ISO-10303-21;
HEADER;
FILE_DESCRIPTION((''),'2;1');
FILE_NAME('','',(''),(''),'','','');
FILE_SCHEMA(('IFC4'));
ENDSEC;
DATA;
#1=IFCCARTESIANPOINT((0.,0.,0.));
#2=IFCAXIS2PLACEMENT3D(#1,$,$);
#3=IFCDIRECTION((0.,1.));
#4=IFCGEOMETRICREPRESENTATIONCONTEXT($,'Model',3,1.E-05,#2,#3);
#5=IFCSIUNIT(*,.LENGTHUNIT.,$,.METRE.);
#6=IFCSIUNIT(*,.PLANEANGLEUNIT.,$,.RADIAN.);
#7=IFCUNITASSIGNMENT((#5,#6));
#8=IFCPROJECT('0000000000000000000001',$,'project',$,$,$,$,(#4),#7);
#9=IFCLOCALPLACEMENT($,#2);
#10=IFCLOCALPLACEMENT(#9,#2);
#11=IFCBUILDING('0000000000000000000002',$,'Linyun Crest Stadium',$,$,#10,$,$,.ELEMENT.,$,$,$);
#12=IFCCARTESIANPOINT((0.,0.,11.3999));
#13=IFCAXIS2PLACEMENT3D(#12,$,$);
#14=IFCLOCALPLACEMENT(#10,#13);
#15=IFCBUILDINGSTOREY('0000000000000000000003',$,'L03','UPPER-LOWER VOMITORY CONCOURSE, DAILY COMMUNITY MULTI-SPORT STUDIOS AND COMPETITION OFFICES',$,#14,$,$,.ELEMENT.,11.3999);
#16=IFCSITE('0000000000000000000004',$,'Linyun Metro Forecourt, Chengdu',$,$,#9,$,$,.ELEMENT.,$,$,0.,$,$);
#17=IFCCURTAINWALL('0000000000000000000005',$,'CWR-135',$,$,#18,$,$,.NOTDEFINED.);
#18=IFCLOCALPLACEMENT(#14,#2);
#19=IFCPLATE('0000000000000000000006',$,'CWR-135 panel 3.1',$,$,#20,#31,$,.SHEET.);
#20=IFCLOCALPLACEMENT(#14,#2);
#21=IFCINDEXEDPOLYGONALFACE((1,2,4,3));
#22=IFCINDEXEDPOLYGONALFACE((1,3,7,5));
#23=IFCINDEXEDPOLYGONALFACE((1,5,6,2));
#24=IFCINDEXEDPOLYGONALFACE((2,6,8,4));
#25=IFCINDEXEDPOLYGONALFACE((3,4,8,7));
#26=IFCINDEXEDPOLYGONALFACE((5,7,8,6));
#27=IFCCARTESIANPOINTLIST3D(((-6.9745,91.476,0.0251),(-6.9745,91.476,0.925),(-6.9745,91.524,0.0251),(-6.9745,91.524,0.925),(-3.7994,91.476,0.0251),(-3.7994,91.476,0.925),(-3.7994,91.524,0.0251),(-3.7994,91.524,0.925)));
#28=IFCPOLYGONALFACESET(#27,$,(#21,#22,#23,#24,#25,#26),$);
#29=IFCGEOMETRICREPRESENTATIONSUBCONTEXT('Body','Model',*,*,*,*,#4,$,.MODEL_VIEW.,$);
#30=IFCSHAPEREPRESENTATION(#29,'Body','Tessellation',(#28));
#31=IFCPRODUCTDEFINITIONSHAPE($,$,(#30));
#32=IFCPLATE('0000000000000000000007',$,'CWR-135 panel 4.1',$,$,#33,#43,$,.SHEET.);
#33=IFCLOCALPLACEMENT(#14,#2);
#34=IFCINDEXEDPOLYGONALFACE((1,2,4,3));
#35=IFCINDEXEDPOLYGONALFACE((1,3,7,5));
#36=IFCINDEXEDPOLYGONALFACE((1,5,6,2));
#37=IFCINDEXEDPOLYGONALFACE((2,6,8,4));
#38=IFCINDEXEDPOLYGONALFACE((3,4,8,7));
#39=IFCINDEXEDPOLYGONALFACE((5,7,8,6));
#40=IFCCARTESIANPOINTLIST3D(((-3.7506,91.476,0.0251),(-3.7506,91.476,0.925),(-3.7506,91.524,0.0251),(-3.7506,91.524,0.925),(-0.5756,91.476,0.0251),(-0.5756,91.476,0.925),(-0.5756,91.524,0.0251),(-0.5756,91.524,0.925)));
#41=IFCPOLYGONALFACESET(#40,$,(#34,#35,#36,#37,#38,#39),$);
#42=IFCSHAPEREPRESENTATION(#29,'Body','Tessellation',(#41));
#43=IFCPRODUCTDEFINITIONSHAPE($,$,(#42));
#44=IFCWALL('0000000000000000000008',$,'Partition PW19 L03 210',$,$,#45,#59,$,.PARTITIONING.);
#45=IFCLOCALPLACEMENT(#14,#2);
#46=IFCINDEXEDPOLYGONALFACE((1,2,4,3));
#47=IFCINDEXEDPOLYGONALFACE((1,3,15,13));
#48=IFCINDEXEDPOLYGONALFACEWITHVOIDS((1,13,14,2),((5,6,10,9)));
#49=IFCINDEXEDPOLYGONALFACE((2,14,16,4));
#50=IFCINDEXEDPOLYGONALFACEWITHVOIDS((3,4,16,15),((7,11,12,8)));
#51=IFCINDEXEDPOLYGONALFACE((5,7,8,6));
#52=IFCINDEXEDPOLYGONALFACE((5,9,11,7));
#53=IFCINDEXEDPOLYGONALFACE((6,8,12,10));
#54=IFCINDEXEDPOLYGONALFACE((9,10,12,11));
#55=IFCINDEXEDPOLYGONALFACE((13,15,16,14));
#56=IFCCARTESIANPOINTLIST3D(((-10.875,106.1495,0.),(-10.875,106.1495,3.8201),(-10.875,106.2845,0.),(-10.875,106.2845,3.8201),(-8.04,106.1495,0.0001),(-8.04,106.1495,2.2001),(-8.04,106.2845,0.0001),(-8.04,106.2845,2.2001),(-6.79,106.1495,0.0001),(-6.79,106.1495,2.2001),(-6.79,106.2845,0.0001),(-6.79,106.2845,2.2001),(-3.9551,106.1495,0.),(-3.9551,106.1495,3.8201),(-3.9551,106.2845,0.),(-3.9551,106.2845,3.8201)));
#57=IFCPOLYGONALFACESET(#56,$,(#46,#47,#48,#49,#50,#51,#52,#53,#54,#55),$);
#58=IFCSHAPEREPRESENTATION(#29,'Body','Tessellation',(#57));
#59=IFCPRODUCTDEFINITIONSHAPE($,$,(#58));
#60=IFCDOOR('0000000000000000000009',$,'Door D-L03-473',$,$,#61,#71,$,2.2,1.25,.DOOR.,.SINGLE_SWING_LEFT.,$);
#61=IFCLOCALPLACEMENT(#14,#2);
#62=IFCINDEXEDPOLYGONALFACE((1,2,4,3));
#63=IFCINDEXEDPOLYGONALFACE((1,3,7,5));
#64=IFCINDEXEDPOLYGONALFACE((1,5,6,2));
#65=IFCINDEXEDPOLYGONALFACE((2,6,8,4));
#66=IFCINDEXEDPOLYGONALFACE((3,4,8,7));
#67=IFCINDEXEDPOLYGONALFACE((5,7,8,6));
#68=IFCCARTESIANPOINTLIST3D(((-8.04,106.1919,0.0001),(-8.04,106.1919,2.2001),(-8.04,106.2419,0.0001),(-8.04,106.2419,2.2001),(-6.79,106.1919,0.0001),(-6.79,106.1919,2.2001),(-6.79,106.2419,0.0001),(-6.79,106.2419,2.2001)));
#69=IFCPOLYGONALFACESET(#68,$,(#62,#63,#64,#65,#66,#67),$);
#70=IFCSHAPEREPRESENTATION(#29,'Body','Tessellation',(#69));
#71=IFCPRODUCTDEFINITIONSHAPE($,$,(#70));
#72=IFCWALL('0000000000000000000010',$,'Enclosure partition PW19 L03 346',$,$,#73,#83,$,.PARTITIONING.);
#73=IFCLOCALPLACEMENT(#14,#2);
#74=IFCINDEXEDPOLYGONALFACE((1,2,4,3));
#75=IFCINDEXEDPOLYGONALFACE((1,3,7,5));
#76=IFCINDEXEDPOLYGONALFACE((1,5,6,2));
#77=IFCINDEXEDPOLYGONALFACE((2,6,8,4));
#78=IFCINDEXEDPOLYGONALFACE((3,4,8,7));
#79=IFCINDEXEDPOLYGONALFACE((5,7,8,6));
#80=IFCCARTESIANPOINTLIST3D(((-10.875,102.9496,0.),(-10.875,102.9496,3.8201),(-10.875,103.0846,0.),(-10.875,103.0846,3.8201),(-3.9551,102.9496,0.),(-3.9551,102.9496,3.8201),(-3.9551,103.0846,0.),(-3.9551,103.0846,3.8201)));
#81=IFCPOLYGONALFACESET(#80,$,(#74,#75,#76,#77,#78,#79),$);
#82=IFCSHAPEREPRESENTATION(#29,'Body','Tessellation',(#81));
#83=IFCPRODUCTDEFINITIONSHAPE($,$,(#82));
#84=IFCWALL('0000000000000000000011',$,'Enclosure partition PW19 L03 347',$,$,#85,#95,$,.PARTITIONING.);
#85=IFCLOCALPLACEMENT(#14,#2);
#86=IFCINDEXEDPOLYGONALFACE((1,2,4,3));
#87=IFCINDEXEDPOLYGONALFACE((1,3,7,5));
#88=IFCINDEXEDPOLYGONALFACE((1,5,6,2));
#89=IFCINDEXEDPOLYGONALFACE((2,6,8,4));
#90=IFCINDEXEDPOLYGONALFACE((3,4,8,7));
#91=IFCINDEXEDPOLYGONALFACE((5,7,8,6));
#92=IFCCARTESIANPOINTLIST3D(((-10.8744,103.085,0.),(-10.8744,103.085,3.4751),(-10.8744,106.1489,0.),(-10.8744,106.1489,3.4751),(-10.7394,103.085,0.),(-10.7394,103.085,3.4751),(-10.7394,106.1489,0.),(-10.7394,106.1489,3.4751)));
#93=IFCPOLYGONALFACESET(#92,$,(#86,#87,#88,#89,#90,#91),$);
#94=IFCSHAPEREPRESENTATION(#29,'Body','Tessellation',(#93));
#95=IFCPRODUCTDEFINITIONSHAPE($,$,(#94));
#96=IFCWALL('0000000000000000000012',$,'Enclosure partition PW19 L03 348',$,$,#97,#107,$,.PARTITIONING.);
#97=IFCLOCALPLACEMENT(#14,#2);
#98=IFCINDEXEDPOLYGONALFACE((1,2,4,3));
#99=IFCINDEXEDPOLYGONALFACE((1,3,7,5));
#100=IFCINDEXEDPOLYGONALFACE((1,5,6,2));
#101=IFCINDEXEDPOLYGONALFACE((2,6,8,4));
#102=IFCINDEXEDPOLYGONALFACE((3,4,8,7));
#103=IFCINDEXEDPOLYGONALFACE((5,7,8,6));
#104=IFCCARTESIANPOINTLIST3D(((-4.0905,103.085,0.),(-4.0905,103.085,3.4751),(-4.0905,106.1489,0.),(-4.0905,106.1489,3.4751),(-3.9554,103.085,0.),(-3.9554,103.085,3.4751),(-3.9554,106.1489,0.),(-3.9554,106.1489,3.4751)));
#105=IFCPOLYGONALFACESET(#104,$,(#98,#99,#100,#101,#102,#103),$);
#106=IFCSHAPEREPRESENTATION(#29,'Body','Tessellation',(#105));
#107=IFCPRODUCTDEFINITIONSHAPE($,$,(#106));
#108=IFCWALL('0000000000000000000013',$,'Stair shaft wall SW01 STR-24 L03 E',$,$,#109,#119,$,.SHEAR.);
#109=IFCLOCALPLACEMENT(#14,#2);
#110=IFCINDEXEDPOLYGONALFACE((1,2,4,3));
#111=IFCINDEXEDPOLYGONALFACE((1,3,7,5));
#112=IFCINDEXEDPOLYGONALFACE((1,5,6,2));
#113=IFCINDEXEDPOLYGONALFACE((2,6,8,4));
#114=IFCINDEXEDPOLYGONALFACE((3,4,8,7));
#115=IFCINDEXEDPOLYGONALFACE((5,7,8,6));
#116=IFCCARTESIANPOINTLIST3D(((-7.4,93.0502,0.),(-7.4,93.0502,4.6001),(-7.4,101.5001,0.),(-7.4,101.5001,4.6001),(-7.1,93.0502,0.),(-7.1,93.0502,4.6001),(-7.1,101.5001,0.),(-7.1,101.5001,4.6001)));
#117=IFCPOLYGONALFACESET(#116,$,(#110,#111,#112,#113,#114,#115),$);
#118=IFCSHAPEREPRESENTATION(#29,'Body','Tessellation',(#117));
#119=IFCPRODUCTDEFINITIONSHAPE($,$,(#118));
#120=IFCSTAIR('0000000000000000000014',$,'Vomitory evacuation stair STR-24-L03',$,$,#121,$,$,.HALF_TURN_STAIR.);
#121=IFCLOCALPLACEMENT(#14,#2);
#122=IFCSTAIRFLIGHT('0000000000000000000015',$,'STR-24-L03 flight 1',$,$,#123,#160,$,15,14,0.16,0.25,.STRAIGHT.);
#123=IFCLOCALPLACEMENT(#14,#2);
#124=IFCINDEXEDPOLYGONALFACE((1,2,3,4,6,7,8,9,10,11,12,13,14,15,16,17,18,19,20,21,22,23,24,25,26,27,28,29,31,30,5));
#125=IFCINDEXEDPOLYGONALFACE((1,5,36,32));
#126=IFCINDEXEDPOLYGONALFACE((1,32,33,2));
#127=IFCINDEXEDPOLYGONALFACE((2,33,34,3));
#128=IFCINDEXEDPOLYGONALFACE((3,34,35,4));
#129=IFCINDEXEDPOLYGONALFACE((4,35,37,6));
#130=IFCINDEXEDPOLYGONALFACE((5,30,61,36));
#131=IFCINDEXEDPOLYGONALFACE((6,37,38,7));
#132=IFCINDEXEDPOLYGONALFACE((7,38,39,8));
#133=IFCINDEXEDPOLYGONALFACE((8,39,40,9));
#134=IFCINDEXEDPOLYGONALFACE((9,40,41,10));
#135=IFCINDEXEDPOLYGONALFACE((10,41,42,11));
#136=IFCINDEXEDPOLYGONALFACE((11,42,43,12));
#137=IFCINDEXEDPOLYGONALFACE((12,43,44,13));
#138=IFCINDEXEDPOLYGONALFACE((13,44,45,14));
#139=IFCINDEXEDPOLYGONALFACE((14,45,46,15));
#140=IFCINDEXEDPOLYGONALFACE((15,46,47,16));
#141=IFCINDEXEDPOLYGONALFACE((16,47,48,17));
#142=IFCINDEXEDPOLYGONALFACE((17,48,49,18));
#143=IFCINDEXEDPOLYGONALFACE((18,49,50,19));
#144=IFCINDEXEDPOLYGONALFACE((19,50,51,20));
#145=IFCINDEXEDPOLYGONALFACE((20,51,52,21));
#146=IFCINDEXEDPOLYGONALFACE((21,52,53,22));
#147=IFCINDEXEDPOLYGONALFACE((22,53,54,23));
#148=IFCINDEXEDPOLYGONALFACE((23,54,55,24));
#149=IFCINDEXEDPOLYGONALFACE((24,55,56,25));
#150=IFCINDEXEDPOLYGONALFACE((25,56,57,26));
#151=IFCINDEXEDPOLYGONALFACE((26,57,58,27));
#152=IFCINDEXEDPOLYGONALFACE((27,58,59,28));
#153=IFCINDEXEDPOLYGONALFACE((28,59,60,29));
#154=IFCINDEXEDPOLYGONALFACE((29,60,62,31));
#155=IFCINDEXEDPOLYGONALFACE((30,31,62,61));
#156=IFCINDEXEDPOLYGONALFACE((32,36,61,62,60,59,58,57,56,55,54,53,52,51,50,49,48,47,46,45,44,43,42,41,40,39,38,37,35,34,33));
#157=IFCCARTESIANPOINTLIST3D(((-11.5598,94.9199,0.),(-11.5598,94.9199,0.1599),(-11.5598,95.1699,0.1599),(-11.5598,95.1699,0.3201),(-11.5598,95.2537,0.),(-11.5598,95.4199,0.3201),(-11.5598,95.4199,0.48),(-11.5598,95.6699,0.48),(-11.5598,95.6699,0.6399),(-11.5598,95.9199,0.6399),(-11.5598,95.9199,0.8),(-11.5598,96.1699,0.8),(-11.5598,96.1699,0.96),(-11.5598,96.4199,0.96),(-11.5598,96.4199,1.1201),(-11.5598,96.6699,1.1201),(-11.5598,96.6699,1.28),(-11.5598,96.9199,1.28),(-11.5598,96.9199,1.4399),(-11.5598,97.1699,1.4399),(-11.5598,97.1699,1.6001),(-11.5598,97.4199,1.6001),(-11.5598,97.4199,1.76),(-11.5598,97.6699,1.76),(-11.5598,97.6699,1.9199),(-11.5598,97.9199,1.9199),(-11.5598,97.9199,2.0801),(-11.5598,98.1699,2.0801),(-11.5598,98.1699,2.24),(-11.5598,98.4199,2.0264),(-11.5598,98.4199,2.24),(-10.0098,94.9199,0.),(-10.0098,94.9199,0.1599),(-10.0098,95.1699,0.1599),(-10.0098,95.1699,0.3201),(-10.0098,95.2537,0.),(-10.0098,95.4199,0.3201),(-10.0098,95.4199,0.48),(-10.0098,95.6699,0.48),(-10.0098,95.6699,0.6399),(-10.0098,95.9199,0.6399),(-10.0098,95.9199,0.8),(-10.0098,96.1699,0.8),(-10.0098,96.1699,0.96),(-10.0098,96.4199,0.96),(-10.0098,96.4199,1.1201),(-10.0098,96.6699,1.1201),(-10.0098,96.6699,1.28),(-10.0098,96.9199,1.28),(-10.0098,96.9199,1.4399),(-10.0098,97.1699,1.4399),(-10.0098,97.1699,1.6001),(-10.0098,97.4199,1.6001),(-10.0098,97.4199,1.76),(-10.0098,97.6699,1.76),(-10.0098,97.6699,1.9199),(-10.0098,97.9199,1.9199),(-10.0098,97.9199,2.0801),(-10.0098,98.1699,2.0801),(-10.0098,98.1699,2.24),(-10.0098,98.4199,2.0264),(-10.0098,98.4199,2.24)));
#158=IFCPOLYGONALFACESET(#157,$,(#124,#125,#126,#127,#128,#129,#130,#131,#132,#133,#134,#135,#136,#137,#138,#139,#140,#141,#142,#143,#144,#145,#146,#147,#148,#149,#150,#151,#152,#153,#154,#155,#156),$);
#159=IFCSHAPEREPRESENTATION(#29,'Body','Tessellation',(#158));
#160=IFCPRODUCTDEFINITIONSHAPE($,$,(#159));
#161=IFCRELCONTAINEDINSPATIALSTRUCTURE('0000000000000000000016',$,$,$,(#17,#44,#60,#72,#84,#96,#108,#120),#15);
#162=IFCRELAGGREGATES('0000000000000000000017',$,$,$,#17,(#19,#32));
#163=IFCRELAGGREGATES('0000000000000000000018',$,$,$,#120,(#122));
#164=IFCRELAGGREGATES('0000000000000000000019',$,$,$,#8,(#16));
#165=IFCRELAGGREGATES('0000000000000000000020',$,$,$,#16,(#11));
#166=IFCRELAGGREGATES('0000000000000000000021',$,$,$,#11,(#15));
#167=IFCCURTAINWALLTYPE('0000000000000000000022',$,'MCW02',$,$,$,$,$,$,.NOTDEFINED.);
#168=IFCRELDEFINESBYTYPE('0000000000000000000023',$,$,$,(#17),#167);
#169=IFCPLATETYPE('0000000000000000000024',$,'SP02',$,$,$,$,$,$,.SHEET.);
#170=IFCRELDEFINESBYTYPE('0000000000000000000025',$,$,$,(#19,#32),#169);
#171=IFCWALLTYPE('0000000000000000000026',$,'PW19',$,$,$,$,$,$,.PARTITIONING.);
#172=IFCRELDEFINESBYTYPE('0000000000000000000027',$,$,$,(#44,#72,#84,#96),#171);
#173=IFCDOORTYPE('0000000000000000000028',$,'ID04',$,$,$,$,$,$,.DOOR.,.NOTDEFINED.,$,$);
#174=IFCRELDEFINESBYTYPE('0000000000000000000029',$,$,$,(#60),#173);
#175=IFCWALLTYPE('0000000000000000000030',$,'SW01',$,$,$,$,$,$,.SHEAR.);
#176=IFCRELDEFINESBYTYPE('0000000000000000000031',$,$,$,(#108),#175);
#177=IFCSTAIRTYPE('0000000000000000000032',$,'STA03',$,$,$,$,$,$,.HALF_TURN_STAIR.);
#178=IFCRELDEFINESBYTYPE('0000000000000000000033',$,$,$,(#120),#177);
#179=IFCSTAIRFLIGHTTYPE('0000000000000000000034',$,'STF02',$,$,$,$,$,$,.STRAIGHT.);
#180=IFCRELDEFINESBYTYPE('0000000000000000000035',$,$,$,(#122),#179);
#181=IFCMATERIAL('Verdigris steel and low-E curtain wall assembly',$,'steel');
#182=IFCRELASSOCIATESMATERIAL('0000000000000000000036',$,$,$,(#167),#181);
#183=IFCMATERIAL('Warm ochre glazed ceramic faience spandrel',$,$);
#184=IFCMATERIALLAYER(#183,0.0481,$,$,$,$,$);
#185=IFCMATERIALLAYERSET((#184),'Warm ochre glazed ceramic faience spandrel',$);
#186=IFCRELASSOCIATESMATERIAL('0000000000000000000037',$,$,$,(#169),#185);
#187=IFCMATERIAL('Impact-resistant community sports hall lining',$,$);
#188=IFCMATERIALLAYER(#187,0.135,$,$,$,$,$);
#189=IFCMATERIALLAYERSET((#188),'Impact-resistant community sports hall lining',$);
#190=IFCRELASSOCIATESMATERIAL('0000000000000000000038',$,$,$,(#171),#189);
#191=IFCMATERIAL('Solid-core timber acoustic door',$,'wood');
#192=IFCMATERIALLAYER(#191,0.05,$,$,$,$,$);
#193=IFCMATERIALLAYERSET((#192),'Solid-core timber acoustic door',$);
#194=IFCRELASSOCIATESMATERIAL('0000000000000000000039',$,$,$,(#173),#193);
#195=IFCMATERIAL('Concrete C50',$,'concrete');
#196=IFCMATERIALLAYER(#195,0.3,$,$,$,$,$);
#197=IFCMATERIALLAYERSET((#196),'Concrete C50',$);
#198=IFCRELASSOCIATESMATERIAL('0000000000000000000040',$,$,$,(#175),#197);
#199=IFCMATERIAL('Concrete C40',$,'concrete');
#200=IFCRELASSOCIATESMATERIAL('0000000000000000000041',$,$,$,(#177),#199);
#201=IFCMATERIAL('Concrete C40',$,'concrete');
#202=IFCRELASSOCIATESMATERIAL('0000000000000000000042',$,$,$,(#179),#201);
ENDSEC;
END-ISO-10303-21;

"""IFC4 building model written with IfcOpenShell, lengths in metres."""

from ifc_helpers import new_model, si_unit, direction, frame, frame_2d, origin, origin_2d, place, context, subcontext, project, spatial, polyline, rectangle, outline, extrude, material, layer, layer_set, type_object, element, fill, aggregate, save


model = new_model("IFC4")

# Units and contexts
model_context = context("Model", 3, precision=1e-05, world=origin(), true_north=direction((0.0, 1.0)))
body_context = subcontext(model_context, "Body", "Model", "MODEL_VIEW")
ifc_project = project(units=[si_unit("LENGTHUNIT", "METRE"), si_unit("PLANEANGLEUNIT", "RADIAN")], contexts=[model_context])

# Site, building, storey
site_placement = place(None, origin())
site = spatial("IfcSite", under=ifc_project, at=site_placement, Name="Linyun Metro Forecourt, Chengdu", CompositionType="ELEMENT", RefElevation=0.0)
building_placement = place(site_placement, origin())
building = spatial("IfcBuilding", under=site, at=building_placement, Name="Linyun Crest Stadium", CompositionType="ELEMENT")
storey_placement = place(building_placement, frame((0.0, 0.0, 11.3999)))
storey = spatial("IfcBuildingStorey", under=building, at=storey_placement, Name="L03", Description="UPPER-LOWER VOMITORY CONCOURSE, DAILY COMMUNITY MULTI-SPORT STUDIOS AND COMPETITION OFFICES", CompositionType="ELEMENT", Elevation=11.3999)

# Curtain wall, plates
ifc_material_1 = material(Name="Verdigris steel and low-E curtain wall assembly", Category="steel")
curtain_wall_type = type_object("IfcCurtainWallType", Name="MCW02", PredefinedType="NOTDEFINED", material=ifc_material_1)
curtain_wall_placement = place(storey_placement, origin())
curtain_wall = element("IfcCurtainWall", 1, at=curtain_wall_placement, inside=storey, type_object=curtain_wall_type, Name="CWR-135", PredefinedType="NOTDEFINED")
ifc_material_2 = material(Name="Warm ochre glazed ceramic faience spandrel")
ifc_layer_1 = layer(ifc_material_2, 0.0481)
ifc_layer_set_1 = layer_set([ifc_layer_1], Name="Warm ochre glazed ceramic faience spandrel")
plate_type_1 = type_object("IfcPlateType", Name="SP02", PredefinedType="SHEET", material=ifc_layer_set_1)
plate_1_placement = place(storey_placement, frame((-5.387, 91.5, 0.0251), z_axis=(0.0, 0.0, 1.0), x_axis=(1.0, 0.0, 0.0)))
plate_1 = element("IfcPlate", 2, at=plate_1_placement, type_object=plate_type_1, Name="CWR-135 panel 3.1", PredefinedType="SHEET", context=body_context, shape_type="SweptSolid", body=[
    extrude(rectangle(XDim=3.175, YDim=0.0481, at=origin_2d()), origin(), (0.0, 0.0, 1.0), 0.8999),
])
plate_2_placement = place(storey_placement, frame((-2.1631, 91.5, 0.0251), z_axis=(0.0, 0.0, 1.0), x_axis=(1.0, 0.0, 0.0)))
plate_2 = element("IfcPlate", 3, at=plate_2_placement, type_object=plate_type_1, Name="CWR-135 panel 4.1", PredefinedType="SHEET", context=body_context, shape_type="SweptSolid", body=[
    extrude(rectangle(XDim=3.175, YDim=0.0481, at=origin_2d()), origin(), (0.0, 0.0, 1.0), 0.8999),
])
aggregate(curtain_wall, [plate_1, plate_2])

# Wall, opening, door
ifc_material_3 = material(Name="Impact-resistant community sports hall lining")
ifc_layer_2 = layer(ifc_material_3, 0.135)
ifc_layer_set_2 = layer_set([ifc_layer_2], Name="Impact-resistant community sports hall lining")
wall_type_1 = type_object("IfcWallType", Name="PW19", PredefinedType="PARTITIONING", material=ifc_layer_set_2)
wall_1_placement = place(storey_placement, frame((-10.875, 106.217, 0.0), z_axis=(0.0, 0.0, 1.0), x_axis=(1.0, 0.0, 0.0)))
wall_1 = element("IfcWall", 4, at=wall_1_placement, inside=storey, type_object=wall_type_1, Name="Partition PW19 L03 210", PredefinedType="PARTITIONING", context=body_context, shape_type="SweptSolid", body=[
    extrude(rectangle(XDim=6.9199, YDim=0.135, at=frame_2d((3.46, 0.0))), origin(), (0.0, 0.0, 1.0), 3.8201),
])
opening_placement = place(wall_1_placement, frame((2.835, 0.0, 0.0)))
opening = element("IfcOpeningElement", 5, at=opening_placement, cuts=wall_1, PredefinedType="OPENING", context=body_context, shape_type="SweptSolid", body=[
    extrude(rectangle(XDim=1.25, YDim=2.2, at=frame_2d((0.625, 1.1001))), frame((0.0, 0.0774, 0.0), z_axis=(0.0, -1.0, 0.0), x_axis=(1.0, 0.0, 0.0)), (0.0, 0.0, 1.0), 0.155),
])
ifc_material_4 = material(Name="Solid-core timber acoustic door", Category="wood")
ifc_layer_3 = layer(ifc_material_4, 0.05)
ifc_layer_set_3 = layer_set([ifc_layer_3], Name="Solid-core timber acoustic door")
door_type = type_object("IfcDoorType", Name="ID04", OperationType="NOTDEFINED", PredefinedType="DOOR", material=ifc_layer_set_3)
door_placement = place(opening_placement, origin())
door = element("IfcDoor", 6, at=door_placement, inside=storey, type_object=door_type, Name="Door D-L03-473", OperationType="SINGLE_SWING_LEFT", OverallHeight=2.2, OverallWidth=1.25, PredefinedType="DOOR", context=body_context, shape_type="SweptSolid", body=[
    extrude(rectangle(XDim=1.25, YDim=2.2, at=frame_2d((0.625, 1.1001))), frame((0.0, 0.0249, 0.0), z_axis=(0.0, -1.0, 0.0), x_axis=(1.0, 0.0, 0.0)), (0.0, 0.0, 1.0), 0.05),
])
fill(opening, door)

# Walls
wall_2_placement = place(storey_placement, frame((-10.875, 103.0171, 0.0), z_axis=(0.0, 0.0, 1.0), x_axis=(1.0, 0.0, 0.0)))
element("IfcWall", 7, at=wall_2_placement, inside=storey, type_object=wall_type_1, Name="Enclosure partition PW19 L03 346", PredefinedType="PARTITIONING", context=body_context, shape_type="SweptSolid", body=[
    extrude(rectangle(XDim=6.9199, YDim=0.135, at=frame_2d((3.46, 0.0))), origin(), (0.0, 0.0, 1.0), 3.8201),
])
for number, where, z_axis, x_axis, name in (
    (8, (-10.8069, 103.085, 0.0), (0.0, 0.0, 1.0), (0.0, 1.0, 0.0), "Enclosure partition PW19 L03 347"),
    (9, (-4.0229, 103.085, 0.0), (0.0, 0.0, 1.0), (0.0, 1.0, 0.0), "Enclosure partition PW19 L03 348"),
):
    element("IfcWall", number, at=place(storey_placement, frame(where, z_axis=z_axis, x_axis=x_axis)), inside=storey, type_object=wall_type_1, Name=name, PredefinedType="PARTITIONING", context=body_context, shape_type="SweptSolid", body=[
        extrude(rectangle(XDim=3.064, YDim=0.135, at=frame_2d((1.532, 0.0))), origin(), (0.0, 0.0, 1.0), 3.4751),
    ])
ifc_material_5 = material(Name="Concrete C50", Category="concrete")
ifc_layer_4 = layer(ifc_material_5, 0.3)
ifc_layer_set_4 = layer_set([ifc_layer_4], Name="Concrete C50")
wall_type_2 = type_object("IfcWallType", Name="SW01", PredefinedType="SHEAR", material=ifc_layer_set_4)
wall_3_placement = place(storey_placement, frame((-7.25, 93.05, 0.0), z_axis=(0.0, 0.0, 1.0), x_axis=(0.0, 1.0, 0.0)))
element("IfcWall", 10, at=wall_3_placement, inside=storey, type_object=wall_type_2, Name="Stair shaft wall SW01 STR-24 L03 E", PredefinedType="SHEAR", context=body_context, shape_type="SweptSolid", body=[
    extrude(rectangle(XDim=8.45, YDim=0.3, at=frame_2d((4.2251, 0.0))), origin(), (0.0, 0.0, 1.0), 4.6001),
])

# Stair, stair flight
ifc_material_6 = material(Name="Concrete C40", Category="concrete")
stair_type = type_object("IfcStairType", Name="STA03", PredefinedType="HALF_TURN_STAIR", material=ifc_material_6)
stair_placement = place(storey_placement, origin())
stair = element("IfcStair", 11, at=stair_placement, inside=storey, type_object=stair_type, Name="Vomitory evacuation stair STR-24-L03", PredefinedType="HALF_TURN_STAIR")
ifc_material_7 = material(Name="Concrete C40", Category="concrete")
stair_flight_type = type_object("IfcStairFlightType", Name="STF02", PredefinedType="STRAIGHT", material=ifc_material_7)
stair_flight_1_placement = place(storey_placement, frame((-10.7849, 94.9199, 0.0), z_axis=(0.0, 0.0, 1.0), x_axis=(0.0, 1.0, 0.0)))
stair_flight_1 = element("IfcStairFlight", 12, at=stair_flight_1_placement, type_object=stair_flight_type, Name="STR-24-L03 flight 1", NumberOfRisers=15, NumberOfTreads=14, PredefinedType="STRAIGHT", RiserHeight=0.16, TreadLength=0.25, context=body_context, shape_type="SweptSolid", body=[
    extrude(outline(polyline([(0.0, 0.0), (0.0, 0.1599), (0.25, 0.1599), (0.25, 0.3201), (0.5, 0.3201), (0.5, 0.48), (0.75, 0.48), (0.75, 0.6399), (1.0, 0.6399), (1.0, 0.8), (1.25, 0.8), (1.25, 0.96), (1.5, 0.96), (1.5, 1.1201), (1.75, 1.1201), (1.75, 1.28), (2.0, 1.28), (2.0, 1.4399), (2.25, 1.4399), (2.25, 1.6001), (2.5, 1.6001), (2.5, 1.76), (2.75, 1.76), (2.75, 1.9199), (3.0, 1.9199), (3.0, 2.0801), (3.25, 2.0801), (3.25, 2.24), (3.5, 2.24), (3.5, 2.3999), (3.5, 2.0264), (0.3337, 0.0), (0.0, 0.0)])), frame((0.0, 0.7749, 0.0), z_axis=(0.0, -1.0, 0.0), x_axis=(1.0, 0.0, 0.0)), (0.0, 0.0, 1.0), 1.55),
])
aggregate(stair, [stair_flight_1])

save(model, "model.ifc")
